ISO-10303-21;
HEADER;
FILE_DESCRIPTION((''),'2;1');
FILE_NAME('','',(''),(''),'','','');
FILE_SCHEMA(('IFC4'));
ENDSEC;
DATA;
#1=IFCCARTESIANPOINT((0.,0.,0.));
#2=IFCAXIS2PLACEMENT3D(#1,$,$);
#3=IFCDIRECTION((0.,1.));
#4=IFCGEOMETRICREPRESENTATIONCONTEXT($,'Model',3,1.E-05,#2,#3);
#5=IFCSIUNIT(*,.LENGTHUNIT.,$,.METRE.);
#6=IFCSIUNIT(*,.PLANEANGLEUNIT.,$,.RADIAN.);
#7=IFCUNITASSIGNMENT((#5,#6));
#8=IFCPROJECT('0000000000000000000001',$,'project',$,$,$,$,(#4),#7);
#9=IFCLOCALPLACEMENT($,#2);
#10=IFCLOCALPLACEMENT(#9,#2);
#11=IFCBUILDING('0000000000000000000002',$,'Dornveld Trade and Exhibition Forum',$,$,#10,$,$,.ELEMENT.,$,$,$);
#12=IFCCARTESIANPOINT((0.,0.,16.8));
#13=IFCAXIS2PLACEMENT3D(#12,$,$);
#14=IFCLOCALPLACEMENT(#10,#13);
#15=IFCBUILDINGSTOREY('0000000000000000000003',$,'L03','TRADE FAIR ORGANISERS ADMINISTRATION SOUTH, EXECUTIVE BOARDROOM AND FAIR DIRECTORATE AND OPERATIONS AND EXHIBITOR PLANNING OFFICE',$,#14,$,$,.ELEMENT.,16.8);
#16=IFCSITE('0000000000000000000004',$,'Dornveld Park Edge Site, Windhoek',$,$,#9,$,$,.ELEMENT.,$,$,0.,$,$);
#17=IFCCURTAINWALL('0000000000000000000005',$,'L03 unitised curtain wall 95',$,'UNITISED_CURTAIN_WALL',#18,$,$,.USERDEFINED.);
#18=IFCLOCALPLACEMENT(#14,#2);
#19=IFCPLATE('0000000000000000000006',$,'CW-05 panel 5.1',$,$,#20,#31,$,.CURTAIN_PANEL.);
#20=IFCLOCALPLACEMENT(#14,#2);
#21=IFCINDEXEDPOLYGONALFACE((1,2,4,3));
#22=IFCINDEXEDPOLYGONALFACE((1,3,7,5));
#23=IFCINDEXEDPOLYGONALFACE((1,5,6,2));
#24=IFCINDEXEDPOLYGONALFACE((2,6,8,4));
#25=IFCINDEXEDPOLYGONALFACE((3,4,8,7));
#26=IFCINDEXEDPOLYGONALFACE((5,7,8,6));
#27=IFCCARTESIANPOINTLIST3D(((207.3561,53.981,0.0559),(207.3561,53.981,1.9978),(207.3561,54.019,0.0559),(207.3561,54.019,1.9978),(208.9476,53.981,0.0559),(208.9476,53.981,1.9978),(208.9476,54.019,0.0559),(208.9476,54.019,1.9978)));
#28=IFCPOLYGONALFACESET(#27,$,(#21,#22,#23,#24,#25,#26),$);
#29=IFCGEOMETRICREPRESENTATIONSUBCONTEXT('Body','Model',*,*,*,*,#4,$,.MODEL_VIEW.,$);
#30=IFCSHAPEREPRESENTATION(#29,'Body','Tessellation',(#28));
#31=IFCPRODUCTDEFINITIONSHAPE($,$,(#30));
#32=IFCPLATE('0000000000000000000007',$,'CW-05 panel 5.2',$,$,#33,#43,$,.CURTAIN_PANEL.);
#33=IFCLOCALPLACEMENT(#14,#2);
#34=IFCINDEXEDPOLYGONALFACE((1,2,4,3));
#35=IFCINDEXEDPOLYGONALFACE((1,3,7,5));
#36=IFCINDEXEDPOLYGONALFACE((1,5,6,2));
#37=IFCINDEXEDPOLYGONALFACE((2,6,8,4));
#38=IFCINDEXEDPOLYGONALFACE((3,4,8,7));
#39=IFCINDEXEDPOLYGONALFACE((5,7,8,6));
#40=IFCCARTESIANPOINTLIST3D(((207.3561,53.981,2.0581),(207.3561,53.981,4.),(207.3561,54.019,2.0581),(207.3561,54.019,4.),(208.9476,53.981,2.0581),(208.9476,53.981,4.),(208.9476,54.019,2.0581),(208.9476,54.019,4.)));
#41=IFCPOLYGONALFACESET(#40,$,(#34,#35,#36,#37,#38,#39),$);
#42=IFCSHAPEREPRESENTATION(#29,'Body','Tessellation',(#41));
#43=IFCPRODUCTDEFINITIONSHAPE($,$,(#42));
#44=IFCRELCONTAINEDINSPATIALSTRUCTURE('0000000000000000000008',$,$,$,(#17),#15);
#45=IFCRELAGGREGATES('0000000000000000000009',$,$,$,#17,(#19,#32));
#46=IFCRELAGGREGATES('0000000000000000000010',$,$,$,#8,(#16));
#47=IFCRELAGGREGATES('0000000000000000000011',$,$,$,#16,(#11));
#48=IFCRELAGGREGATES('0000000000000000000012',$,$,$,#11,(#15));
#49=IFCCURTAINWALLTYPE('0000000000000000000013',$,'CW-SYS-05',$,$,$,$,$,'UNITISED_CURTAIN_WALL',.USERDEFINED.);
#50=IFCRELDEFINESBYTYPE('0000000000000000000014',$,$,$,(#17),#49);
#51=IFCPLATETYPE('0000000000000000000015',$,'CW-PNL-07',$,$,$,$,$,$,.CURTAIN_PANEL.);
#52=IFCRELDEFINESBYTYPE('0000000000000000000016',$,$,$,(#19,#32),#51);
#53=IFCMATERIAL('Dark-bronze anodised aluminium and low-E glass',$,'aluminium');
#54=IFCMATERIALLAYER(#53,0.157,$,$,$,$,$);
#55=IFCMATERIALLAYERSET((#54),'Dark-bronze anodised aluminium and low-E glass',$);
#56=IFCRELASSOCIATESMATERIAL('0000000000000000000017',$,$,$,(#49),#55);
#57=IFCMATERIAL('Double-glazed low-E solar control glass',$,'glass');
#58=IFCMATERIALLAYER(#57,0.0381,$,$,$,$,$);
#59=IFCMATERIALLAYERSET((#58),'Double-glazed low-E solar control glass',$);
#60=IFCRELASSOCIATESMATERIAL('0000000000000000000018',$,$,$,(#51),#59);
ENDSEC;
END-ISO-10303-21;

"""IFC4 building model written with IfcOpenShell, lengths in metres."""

from ifc_helpers import new_model, si_unit, direction, frame, origin, origin_2d, place, context, subcontext, project, spatial, rectangle, extrude, material, layer, layer_set, type_object, element, aggregate, save


model = new_model("IFC4")

# Units and contexts
model_context = context("Model", 3, precision=1e-05, world=origin(), true_north=direction((0.0, 1.0)))
body_context = subcontext(model_context, "Body", "Model", "MODEL_VIEW")
ifc_project = project(units=[si_unit("LENGTHUNIT", "METRE"), si_unit("PLANEANGLEUNIT", "RADIAN")], contexts=[model_context])

# Site, building, storey
site_placement = place(None, origin())
site = spatial("IfcSite", under=ifc_project, at=site_placement, Name="Dornveld Park Edge Site, Windhoek", CompositionType="ELEMENT", RefElevation=0.0)
building_placement = place(site_placement, origin())
building = spatial("IfcBuilding", under=site, at=building_placement, Name="Dornveld Trade and Exhibition Forum", CompositionType="ELEMENT")
storey_placement = place(building_placement, frame((0.0, 0.0, 16.8)))
storey = spatial("IfcBuildingStorey", under=building, at=storey_placement, Name="L03", Description="TRADE FAIR ORGANISERS ADMINISTRATION SOUTH, EXECUTIVE BOARDROOM AND FAIR DIRECTORATE AND OPERATIONS AND EXHIBITOR PLANNING OFFICE", CompositionType="ELEMENT", Elevation=16.8)

# Curtain wall
ifc_material_1 = material(Name="Dark-bronze anodised aluminium and low-E glass", Category="aluminium")
ifc_layer_1 = layer(ifc_material_1, 0.157)
ifc_layer_set_1 = layer_set([ifc_layer_1], Name="Dark-bronze anodised aluminium and low-E glass")
curtain_wall_type_1 = type_object("IfcCurtainWallType", Name="CW-SYS-05", ElementType="UNITISED_CURTAIN_WALL", PredefinedType="USERDEFINED", material=ifc_layer_set_1)
curtain_wall_1_placement = place(storey_placement, origin())
curtain_wall_1 = element("IfcCurtainWall", 1, at=curtain_wall_1_placement, inside=storey, type_object=curtain_wall_type_1, Name="L03 unitised curtain wall 95", ObjectType="UNITISED_CURTAIN_WALL", PredefinedType="USERDEFINED")

# Plates
ifc_material_2 = material(Name="Double-glazed low-E solar control glass", Category="glass")
ifc_layer_2 = layer(ifc_material_2, 0.0381)
ifc_layer_set_2 = layer_set([ifc_layer_2], Name="Double-glazed low-E solar control glass")
plate_type = type_object("IfcPlateType", Name="CW-PNL-07", PredefinedType="CURTAIN_PANEL", material=ifc_layer_set_2)
plate_1_placement = place(storey_placement, frame((208.1519, 54.0, 0.0559), z_axis=(0.0, 0.0, 1.0), x_axis=(-1.0, 0.0, 0.0)))
plate_1 = element("IfcPlate", 2, at=plate_1_placement, type_object=plate_type, Name="CW-05 panel 5.1", PredefinedType="CURTAIN_PANEL", context=body_context, shape_type="SweptSolid", body=[
    extrude(rectangle(XDim=1.5916, YDim=0.0381, at=origin_2d()), origin(), (0.0, 0.0, 1.0), 1.9419),
])
plate_2_placement = place(storey_placement, frame((208.1519, 54.0, 2.0581), z_axis=(0.0, 0.0, 1.0), x_axis=(-1.0, 0.0, 0.0)))
plate_2 = element("IfcPlate", 3, at=plate_2_placement, type_object=plate_type, Name="CW-05 panel 5.2", PredefinedType="CURTAIN_PANEL", context=body_context, shape_type="SweptSolid", body=[
    extrude(rectangle(XDim=1.5916, YDim=0.0381, at=origin_2d()), origin(), (0.0, 0.0, 1.0), 1.9419),
])
aggregate(curtain_wall_1, [plate_1, plate_2])

save(model, "model.ifc")
